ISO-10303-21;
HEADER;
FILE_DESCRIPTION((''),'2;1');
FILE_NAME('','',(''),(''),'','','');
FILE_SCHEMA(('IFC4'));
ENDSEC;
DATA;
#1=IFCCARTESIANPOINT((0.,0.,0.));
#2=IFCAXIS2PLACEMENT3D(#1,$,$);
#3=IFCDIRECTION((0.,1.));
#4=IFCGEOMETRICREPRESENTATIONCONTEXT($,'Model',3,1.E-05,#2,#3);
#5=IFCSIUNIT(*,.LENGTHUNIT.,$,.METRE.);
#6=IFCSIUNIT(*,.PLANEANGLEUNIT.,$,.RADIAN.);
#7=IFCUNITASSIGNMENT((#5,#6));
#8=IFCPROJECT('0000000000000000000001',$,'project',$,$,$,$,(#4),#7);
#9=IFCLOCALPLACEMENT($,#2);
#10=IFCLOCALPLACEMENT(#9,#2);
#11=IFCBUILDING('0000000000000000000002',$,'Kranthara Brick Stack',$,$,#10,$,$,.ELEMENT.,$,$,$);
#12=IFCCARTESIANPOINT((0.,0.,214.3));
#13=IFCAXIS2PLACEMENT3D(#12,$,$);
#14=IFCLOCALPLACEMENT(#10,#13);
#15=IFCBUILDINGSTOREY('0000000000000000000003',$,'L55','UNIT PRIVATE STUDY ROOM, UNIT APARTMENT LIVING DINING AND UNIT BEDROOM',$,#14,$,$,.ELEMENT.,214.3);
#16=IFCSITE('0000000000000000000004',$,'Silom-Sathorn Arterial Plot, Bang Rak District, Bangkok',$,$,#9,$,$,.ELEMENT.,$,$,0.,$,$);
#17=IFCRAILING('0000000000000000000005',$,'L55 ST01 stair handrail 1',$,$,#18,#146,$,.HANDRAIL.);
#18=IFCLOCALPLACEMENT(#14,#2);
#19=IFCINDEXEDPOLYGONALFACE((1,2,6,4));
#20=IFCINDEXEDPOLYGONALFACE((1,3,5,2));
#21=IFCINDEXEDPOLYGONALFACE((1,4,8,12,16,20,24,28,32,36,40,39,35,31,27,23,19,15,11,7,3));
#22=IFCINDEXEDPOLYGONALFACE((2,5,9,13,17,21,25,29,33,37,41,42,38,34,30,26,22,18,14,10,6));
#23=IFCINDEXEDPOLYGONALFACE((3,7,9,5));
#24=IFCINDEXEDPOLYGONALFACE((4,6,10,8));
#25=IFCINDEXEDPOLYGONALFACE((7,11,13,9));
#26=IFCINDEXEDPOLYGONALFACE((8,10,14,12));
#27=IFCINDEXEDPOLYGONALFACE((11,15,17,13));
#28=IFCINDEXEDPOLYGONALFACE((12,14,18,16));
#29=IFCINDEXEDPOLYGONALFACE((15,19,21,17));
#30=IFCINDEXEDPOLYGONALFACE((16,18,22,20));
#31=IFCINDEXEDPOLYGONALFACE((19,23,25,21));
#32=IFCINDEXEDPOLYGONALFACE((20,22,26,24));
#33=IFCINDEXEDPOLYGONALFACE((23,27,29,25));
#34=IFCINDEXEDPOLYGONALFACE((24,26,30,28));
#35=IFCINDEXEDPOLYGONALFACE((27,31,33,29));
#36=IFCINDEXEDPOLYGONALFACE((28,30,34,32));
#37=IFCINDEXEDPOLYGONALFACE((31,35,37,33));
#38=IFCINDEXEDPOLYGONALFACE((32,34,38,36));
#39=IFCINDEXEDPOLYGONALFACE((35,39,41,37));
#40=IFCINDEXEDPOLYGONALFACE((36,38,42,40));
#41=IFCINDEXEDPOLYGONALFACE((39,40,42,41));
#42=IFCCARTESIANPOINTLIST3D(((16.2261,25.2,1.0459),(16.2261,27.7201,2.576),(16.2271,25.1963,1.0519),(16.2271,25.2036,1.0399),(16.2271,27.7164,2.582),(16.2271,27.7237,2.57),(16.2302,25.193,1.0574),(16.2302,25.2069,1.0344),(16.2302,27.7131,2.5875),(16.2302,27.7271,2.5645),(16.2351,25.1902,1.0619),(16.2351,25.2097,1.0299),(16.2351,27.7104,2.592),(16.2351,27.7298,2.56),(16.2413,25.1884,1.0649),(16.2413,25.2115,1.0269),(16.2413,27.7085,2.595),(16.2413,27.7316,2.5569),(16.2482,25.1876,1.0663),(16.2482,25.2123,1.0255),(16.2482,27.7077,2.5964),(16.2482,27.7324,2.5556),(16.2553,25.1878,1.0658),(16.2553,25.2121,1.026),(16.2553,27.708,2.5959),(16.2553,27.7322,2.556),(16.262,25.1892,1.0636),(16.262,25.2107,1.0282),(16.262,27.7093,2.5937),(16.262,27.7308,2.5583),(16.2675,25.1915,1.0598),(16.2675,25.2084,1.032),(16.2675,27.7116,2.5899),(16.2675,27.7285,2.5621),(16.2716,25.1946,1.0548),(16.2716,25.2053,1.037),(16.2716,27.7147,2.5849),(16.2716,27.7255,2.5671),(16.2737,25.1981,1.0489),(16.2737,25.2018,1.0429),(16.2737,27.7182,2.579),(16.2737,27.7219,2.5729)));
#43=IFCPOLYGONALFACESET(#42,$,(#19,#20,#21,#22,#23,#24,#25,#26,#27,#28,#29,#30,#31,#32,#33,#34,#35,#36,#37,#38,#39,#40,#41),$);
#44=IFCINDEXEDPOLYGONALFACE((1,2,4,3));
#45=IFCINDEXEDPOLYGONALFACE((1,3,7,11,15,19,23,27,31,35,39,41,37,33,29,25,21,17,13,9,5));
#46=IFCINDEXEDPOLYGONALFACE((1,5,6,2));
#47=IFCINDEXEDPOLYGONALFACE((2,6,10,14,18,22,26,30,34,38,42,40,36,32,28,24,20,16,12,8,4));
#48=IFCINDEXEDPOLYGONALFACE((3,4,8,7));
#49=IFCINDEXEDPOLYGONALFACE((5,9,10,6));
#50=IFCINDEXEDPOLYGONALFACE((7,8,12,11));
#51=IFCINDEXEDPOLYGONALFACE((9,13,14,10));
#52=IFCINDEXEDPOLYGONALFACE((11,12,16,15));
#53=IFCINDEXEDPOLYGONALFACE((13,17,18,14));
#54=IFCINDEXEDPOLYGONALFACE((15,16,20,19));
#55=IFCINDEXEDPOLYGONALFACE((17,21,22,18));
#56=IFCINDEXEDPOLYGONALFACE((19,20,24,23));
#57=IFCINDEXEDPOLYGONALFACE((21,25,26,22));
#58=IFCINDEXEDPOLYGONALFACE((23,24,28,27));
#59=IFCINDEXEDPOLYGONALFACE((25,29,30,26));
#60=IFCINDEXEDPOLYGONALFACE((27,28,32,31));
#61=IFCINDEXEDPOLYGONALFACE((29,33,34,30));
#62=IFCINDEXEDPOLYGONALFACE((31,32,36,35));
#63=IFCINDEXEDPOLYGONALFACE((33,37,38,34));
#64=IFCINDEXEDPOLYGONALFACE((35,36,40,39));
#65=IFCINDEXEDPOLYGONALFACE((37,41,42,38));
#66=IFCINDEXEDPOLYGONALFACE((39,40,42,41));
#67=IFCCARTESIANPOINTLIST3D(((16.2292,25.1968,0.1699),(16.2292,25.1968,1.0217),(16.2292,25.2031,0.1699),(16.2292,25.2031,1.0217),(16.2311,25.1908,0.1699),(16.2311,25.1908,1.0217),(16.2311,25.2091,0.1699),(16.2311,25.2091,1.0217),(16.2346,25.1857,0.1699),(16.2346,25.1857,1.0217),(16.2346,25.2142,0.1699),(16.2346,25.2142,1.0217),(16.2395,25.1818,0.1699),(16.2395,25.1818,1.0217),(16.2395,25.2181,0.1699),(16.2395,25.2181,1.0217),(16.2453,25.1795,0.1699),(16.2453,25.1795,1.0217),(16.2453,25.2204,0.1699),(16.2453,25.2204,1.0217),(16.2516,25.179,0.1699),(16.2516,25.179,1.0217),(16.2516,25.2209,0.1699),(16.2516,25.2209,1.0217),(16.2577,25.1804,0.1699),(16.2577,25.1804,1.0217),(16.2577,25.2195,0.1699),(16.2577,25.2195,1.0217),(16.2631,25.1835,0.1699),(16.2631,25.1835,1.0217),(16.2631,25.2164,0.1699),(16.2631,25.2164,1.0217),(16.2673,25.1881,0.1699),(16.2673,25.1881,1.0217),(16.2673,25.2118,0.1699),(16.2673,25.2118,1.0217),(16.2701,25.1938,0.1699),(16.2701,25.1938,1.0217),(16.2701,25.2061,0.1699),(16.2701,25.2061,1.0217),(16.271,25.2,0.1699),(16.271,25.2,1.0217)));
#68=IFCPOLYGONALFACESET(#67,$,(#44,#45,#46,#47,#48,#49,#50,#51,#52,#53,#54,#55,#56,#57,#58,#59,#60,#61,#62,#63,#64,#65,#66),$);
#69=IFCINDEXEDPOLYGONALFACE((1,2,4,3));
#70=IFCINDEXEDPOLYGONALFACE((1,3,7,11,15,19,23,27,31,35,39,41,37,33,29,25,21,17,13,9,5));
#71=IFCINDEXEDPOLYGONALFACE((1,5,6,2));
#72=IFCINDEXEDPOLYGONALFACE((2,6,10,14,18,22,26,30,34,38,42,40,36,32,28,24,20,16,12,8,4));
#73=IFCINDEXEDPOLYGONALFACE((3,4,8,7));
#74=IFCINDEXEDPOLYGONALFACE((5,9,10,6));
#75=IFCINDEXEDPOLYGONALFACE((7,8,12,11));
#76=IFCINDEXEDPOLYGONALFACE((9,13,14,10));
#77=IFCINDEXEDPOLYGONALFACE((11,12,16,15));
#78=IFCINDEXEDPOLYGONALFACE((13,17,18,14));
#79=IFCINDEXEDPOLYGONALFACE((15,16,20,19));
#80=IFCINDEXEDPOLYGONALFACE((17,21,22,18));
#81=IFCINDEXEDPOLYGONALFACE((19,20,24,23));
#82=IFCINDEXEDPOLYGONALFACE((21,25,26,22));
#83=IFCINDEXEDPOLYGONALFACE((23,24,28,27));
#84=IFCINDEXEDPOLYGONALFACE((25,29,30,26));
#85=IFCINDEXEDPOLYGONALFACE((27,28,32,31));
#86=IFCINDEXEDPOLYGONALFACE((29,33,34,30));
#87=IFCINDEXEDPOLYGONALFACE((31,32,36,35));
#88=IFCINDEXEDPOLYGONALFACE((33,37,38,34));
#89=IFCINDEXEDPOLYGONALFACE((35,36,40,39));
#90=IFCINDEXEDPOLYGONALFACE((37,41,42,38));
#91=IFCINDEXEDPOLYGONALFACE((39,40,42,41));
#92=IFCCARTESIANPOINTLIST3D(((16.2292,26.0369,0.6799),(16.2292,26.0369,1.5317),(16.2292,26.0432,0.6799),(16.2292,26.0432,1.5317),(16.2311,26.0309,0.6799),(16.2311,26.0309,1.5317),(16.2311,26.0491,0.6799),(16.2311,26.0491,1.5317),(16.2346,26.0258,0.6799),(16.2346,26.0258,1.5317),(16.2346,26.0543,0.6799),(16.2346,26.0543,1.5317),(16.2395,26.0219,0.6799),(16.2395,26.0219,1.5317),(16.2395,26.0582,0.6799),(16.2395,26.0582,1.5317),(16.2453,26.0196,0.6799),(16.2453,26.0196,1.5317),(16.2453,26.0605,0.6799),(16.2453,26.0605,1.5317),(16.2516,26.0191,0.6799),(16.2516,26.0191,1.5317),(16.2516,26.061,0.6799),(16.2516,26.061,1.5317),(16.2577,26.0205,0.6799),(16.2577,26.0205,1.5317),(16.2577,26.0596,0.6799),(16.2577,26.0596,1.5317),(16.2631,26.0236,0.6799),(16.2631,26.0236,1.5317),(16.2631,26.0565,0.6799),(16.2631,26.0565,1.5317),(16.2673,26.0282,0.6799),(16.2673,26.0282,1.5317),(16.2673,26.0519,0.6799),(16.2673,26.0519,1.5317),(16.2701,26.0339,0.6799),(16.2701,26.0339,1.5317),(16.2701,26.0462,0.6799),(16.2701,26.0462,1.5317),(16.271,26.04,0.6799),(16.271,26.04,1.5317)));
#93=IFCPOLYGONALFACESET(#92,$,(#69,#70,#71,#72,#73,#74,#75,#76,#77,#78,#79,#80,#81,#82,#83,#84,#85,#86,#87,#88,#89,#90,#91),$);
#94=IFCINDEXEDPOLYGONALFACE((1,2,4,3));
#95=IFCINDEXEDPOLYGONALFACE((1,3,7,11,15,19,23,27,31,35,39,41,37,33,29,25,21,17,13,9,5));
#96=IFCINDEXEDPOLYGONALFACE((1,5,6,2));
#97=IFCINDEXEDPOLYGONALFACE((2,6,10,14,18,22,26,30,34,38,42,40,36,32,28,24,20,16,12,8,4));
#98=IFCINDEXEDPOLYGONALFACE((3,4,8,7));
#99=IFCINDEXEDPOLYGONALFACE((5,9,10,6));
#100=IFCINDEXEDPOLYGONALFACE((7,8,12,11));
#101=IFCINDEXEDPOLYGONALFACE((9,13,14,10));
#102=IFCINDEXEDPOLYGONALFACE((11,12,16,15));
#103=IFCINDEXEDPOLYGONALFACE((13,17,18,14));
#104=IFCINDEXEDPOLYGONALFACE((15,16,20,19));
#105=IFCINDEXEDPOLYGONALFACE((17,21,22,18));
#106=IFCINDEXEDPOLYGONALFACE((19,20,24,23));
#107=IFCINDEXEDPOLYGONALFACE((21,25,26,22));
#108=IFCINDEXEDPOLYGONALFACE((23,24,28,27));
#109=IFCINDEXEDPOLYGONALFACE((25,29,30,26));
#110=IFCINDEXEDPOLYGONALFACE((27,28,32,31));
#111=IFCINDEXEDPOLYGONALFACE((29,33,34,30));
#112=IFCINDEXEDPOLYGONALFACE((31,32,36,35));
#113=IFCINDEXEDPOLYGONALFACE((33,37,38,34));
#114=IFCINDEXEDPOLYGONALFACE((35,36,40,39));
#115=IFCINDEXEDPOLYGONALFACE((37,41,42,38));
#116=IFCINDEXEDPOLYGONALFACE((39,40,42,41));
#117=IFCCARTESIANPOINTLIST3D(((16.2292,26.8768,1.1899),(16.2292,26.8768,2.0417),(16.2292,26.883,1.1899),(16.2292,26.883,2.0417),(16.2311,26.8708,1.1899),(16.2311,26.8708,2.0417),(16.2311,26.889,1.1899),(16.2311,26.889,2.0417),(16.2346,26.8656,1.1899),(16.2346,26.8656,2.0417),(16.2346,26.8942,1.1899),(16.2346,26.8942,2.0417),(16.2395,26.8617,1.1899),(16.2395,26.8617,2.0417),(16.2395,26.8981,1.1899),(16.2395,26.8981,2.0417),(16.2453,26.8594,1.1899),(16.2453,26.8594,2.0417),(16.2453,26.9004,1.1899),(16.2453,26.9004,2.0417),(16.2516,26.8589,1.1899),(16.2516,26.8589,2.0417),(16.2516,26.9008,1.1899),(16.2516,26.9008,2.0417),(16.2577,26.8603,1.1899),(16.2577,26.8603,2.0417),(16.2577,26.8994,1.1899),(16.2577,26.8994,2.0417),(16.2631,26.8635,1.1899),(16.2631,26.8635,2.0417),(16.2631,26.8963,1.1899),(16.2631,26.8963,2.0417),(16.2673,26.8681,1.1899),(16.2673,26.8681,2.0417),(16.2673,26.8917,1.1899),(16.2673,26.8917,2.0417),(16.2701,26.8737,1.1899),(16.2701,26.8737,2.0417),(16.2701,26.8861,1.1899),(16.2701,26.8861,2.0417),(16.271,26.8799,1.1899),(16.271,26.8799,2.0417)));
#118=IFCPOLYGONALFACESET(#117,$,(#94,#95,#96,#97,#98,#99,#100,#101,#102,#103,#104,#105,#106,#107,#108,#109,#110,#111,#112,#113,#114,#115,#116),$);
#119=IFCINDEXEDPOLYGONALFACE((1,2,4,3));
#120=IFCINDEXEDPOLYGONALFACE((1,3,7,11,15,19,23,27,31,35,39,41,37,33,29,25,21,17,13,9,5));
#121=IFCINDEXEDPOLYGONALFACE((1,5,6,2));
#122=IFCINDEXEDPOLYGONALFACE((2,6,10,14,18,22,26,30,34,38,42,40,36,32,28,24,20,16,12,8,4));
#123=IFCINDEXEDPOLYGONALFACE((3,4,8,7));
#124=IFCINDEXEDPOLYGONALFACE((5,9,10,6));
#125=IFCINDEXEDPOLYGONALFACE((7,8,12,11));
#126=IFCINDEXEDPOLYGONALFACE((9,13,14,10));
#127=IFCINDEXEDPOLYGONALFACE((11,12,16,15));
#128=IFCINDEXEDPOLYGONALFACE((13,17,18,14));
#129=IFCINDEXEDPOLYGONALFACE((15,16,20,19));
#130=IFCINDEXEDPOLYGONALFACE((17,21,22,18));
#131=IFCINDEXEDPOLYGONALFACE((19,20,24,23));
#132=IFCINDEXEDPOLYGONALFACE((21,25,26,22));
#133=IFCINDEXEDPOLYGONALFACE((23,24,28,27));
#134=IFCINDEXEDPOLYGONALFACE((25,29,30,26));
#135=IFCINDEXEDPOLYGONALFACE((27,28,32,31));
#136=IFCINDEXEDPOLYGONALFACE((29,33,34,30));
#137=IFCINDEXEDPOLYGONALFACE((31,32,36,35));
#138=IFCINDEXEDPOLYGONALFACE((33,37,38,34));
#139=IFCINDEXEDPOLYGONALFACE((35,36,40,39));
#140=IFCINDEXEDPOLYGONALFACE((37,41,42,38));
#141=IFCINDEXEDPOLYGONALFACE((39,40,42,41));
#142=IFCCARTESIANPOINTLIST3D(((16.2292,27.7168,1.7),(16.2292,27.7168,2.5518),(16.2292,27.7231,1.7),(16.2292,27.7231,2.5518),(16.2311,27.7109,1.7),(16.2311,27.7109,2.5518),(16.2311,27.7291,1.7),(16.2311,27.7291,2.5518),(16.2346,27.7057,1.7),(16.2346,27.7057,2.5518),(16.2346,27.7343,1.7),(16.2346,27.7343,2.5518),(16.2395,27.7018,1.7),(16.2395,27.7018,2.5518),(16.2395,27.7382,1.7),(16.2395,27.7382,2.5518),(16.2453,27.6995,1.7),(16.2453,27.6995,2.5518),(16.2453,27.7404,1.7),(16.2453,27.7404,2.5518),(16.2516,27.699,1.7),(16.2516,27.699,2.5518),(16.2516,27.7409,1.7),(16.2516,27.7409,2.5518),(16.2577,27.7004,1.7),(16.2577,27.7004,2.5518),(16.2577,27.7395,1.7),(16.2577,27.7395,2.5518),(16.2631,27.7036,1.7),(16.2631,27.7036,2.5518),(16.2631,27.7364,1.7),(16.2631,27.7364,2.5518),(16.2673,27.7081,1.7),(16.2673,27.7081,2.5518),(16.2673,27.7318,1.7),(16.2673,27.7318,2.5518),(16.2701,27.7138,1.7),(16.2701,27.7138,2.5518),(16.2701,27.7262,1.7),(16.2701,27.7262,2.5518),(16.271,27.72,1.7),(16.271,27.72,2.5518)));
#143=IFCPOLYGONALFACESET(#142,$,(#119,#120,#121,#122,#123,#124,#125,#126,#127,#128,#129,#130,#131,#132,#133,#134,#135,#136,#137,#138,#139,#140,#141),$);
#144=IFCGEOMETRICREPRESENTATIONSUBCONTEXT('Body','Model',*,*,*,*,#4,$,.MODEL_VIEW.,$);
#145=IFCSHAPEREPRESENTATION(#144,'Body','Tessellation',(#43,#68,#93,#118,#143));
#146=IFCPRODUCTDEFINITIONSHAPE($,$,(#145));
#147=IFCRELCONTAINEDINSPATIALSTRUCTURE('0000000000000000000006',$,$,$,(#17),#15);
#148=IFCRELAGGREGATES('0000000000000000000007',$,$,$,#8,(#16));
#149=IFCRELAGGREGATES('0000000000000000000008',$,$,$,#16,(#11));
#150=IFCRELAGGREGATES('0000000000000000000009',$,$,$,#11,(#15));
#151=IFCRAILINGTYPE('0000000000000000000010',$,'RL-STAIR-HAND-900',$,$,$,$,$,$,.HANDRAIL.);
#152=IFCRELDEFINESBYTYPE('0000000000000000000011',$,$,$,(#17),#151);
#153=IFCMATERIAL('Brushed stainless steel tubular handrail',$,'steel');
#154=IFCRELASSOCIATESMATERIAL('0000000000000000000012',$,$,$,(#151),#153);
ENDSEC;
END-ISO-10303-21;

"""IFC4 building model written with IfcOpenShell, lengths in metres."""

from ifc_helpers import new_model, si_unit, direction, frame, origin, origin_2d, place, context, subcontext, project, spatial, circle, extrude, material, type_object, element, save


model = new_model("IFC4")

# Units and contexts
model_context = context("Model", 3, precision=1e-05, world=origin(), true_north=direction((0.0, 1.0)))
body_context = subcontext(model_context, "Body", "Model", "MODEL_VIEW")
ifc_project = project(units=[si_unit("LENGTHUNIT", "METRE"), si_unit("PLANEANGLEUNIT", "RADIAN")], contexts=[model_context])

# Site, building, storey
site_placement = place(None, origin())
site = spatial("IfcSite", under=ifc_project, at=site_placement, Name="Silom-Sathorn Arterial Plot, Bang Rak District, Bangkok", CompositionType="ELEMENT", RefElevation=0.0)
building_placement = place(site_placement, origin())
building = spatial("IfcBuilding", under=site, at=building_placement, Name="Kranthara Brick Stack", CompositionType="ELEMENT")
storey_placement = place(building_placement, frame((0.0, 0.0, 214.3)))
storey = spatial("IfcBuildingStorey", under=building, at=storey_placement, Name="L55", Description="UNIT PRIVATE STUDY ROOM, UNIT APARTMENT LIVING DINING AND UNIT BEDROOM", CompositionType="ELEMENT", Elevation=214.3)

# Railing
ifc_material_1 = material(Name="Brushed stainless steel tubular handrail", Category="steel")
railing_type_1 = type_object("IfcRailingType", Name="RL-STAIR-HAND-900", PredefinedType="HANDRAIL", material=ifc_material_1)
railing_1_placement = place(storey_placement, frame((16.25, 25.2, 0.1699)))
element("IfcRailing", 1, at=railing_1_placement, inside=storey, type_object=railing_type_1, Name="L55 ST01 stair handrail 1", PredefinedType="HANDRAIL", context=body_context, shape_type="SweptSolid", body=[
    extrude(circle(Radius=0.0239, at=origin_2d()), frame((0.0, 0.0, 0.876), z_axis=(0.0, 0.854785, 0.518982), x_axis=(-1.0, 0.0, 0.0)), (0.0, 0.0, 1.0), 2.9482),
    extrude(circle(Radius=0.021, at=origin_2d()), origin(), (0.0, 0.0, 1.0), 0.8518),
    extrude(circle(Radius=0.021, at=origin_2d()), frame((0.0, 0.8401, 0.51)), (0.0, 0.0, 1.0), 0.8518),
    extrude(circle(Radius=0.021, at=origin_2d()), frame((0.0, 1.6799, 1.02)), (0.0, 0.0, 1.0), 0.8518),
    extrude(circle(Radius=0.021, at=origin_2d()), frame((0.0, 2.52, 1.53)), (0.0, 0.0, 1.0), 0.8518),
])

save(model, "model.ifc")
